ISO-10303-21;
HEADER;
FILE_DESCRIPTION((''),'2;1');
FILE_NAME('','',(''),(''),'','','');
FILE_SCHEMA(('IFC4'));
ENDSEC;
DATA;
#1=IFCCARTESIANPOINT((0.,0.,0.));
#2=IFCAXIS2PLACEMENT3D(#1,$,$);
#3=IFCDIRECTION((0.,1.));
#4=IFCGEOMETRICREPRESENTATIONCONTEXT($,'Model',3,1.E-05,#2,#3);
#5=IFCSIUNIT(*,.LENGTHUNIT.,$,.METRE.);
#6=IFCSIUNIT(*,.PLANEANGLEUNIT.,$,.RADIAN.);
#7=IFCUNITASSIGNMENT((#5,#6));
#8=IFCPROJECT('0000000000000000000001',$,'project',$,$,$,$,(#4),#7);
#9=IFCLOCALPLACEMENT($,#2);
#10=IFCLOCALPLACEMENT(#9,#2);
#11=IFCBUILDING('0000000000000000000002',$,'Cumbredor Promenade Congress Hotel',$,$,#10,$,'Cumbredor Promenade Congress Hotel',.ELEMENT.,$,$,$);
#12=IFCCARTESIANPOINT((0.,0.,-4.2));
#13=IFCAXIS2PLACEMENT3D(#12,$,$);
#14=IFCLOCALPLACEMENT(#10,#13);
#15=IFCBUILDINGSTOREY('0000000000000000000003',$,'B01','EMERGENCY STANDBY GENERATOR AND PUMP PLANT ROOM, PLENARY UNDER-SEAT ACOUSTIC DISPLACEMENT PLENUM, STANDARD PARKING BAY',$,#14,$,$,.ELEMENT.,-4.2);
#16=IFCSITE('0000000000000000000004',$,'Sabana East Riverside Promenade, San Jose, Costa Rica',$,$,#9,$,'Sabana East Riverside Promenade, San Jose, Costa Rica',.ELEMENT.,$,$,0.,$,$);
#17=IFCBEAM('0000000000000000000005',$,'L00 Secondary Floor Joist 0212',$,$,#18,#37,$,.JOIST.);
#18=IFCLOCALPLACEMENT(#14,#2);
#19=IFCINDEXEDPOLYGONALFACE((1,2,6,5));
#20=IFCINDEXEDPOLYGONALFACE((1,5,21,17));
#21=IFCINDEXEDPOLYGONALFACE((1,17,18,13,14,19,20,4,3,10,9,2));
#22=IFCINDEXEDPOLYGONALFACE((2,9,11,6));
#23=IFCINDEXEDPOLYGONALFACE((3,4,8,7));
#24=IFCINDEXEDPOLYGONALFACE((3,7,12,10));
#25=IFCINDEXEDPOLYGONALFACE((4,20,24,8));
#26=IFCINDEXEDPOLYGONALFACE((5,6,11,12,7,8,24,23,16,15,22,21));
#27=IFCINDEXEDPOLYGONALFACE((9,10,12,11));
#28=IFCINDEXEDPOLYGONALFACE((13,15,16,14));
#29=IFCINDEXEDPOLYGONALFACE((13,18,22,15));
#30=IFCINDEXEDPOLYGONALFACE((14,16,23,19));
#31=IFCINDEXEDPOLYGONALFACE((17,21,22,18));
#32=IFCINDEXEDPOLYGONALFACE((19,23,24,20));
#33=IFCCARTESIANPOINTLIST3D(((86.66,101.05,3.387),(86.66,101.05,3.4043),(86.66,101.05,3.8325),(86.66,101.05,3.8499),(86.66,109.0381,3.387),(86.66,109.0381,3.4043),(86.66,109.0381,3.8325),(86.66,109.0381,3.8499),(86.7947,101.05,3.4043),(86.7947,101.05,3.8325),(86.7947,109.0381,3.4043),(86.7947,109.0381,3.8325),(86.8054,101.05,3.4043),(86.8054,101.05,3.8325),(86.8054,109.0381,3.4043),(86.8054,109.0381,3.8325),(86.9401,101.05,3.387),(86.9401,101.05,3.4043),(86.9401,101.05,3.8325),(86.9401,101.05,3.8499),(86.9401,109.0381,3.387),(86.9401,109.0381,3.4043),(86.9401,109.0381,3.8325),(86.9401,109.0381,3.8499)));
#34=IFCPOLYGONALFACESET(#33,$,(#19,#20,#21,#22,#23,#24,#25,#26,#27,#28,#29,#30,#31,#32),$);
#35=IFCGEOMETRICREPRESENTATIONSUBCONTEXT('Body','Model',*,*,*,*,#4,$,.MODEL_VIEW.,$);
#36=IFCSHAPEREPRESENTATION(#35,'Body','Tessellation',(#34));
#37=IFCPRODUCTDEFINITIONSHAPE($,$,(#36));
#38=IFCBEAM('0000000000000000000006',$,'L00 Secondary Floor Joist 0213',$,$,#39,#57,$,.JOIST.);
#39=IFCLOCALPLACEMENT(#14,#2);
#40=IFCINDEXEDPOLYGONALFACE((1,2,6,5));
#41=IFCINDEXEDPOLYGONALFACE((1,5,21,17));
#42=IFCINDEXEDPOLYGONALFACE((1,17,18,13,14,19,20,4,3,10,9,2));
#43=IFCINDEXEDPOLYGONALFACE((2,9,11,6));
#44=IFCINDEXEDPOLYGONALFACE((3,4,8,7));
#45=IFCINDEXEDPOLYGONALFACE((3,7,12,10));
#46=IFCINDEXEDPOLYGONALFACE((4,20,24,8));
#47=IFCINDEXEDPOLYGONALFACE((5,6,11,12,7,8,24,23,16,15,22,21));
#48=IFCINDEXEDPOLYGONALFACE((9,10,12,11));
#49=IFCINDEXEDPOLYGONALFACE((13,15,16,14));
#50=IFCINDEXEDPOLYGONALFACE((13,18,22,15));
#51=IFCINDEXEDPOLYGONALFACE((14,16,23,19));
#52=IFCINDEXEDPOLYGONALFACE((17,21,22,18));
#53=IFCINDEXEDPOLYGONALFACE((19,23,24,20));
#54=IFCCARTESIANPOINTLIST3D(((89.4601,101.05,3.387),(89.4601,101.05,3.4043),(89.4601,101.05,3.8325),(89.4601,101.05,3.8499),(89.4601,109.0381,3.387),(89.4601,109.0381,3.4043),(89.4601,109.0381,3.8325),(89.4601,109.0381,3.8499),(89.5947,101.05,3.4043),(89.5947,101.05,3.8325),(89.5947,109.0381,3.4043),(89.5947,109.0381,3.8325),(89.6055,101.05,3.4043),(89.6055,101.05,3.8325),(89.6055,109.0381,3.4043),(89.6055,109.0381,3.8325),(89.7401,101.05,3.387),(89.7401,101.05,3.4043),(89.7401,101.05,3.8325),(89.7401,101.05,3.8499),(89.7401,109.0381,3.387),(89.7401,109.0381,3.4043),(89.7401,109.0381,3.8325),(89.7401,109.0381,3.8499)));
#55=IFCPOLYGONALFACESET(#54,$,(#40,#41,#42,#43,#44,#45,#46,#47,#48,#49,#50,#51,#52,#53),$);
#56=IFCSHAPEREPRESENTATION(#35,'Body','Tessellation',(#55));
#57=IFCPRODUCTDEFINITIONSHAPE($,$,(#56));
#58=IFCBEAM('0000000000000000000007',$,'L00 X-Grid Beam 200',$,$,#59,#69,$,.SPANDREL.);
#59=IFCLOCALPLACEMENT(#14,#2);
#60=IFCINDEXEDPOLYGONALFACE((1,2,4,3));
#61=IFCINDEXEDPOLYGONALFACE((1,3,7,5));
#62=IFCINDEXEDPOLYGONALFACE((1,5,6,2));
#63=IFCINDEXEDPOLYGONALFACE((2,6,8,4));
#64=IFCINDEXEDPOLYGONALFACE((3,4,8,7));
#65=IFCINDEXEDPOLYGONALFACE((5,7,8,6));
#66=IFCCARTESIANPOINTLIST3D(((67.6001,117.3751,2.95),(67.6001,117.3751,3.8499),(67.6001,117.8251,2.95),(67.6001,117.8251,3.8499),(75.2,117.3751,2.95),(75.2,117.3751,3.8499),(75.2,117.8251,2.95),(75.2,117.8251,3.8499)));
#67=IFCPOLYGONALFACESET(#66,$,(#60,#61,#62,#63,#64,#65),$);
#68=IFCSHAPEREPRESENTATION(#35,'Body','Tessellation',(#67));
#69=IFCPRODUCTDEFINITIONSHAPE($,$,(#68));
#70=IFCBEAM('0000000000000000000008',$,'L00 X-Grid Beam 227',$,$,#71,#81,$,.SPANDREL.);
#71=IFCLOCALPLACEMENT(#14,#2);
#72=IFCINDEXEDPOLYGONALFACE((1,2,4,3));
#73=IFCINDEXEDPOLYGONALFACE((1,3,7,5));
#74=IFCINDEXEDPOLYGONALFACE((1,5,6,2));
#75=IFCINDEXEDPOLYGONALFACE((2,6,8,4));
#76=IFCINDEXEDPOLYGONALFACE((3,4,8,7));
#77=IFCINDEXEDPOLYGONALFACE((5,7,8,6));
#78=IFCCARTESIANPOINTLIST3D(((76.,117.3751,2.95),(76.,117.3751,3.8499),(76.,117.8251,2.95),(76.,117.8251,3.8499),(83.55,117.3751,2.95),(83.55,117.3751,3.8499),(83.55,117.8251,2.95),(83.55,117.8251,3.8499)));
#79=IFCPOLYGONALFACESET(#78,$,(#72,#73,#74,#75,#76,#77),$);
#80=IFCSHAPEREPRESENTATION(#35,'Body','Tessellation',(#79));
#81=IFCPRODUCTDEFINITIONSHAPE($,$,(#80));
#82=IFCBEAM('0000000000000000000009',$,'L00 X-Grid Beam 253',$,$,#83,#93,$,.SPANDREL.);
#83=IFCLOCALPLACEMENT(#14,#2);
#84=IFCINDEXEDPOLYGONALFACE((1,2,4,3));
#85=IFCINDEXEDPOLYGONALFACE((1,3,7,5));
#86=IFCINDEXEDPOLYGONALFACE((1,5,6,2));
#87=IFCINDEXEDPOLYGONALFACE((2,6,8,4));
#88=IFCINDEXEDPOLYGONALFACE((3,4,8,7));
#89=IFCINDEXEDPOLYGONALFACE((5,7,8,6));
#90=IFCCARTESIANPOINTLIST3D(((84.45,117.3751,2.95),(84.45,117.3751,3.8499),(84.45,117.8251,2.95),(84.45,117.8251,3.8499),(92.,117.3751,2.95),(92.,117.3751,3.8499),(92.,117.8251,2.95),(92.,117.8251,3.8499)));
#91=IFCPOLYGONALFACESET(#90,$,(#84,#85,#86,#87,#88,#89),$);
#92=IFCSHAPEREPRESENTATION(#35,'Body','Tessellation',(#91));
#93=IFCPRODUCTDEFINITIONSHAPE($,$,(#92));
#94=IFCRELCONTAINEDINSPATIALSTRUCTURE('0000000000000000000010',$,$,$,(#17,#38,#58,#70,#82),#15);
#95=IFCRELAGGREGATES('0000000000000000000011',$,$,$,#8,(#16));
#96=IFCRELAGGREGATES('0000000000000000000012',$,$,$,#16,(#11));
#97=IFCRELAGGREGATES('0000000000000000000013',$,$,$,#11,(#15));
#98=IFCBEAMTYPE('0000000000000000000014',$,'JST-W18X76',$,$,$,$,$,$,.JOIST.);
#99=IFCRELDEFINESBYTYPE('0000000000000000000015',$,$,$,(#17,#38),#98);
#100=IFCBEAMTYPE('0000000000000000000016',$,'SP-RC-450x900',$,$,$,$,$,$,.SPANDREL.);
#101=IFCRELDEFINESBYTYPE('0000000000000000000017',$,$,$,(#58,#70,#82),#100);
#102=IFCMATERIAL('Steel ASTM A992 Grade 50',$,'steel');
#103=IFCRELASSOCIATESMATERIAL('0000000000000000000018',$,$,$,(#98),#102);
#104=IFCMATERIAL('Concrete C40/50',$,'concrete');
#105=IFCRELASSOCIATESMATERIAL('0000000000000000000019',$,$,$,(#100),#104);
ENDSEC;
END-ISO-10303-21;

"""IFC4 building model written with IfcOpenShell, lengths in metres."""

from ifc_helpers import new_model, si_unit, direction, frame, origin, origin_2d, place, context, subcontext, project, spatial, rectangle, i_section, extrude, material, material_profile, profile_set, type_object, element, save


model = new_model("IFC4")

# Units and contexts
model_context = context("Model", 3, precision=1e-05, world=origin(), true_north=direction((0.0, 1.0)))
body_context = subcontext(model_context, "Body", "Model", "MODEL_VIEW")
ifc_project = project(units=[si_unit("LENGTHUNIT", "METRE"), si_unit("PLANEANGLEUNIT", "RADIAN")], contexts=[model_context])

# Site, building, storey
site_placement = place(None, origin())
site = spatial("IfcSite", under=ifc_project, at=site_placement, Name="Sabana East Riverside Promenade, San Jose, Costa Rica", LongName="Sabana East Riverside Promenade, San Jose, Costa Rica", CompositionType="ELEMENT", RefElevation=0.0)
building_placement = place(site_placement, origin())
building = spatial("IfcBuilding", under=site, at=building_placement, Name="Cumbredor Promenade Congress Hotel", LongName="Cumbredor Promenade Congress Hotel", CompositionType="ELEMENT")
storey_placement = place(building_placement, frame((0.0, 0.0, -4.2)))
storey = spatial("IfcBuildingStorey", under=building, at=storey_placement, Name="B01", Description="EMERGENCY STANDBY GENERATOR AND PUMP PLANT ROOM, PLENARY UNDER-SEAT ACOUSTIC DISPLACEMENT PLENUM, STANDARD PARKING BAY", CompositionType="ELEMENT", Elevation=-4.2)

# Shared definitions
ifc_material_1 = material(Name="Concrete C40/50", Category="concrete")

# Beams
ifc_material_2 = material(Name="Steel ASTM A992 Grade 50", Category="steel")
ifc_material_profile_1 = material_profile(ifc_material_2, i_section(OverallWidth=0.28, OverallDepth=0.4629, WebThickness=0.0107, FlangeThickness=0.0173, at=origin_2d()), Name="W18X76")
ifc_profile_set_1 = profile_set([ifc_material_profile_1], Name="Steel ASTM A992 Grade 50")
beam_type_1 = type_object("IfcBeamType", Name="JST-W18X76", PredefinedType="JOIST", material=ifc_profile_set_1)
for number, where, z_axis, x_axis, name in (
    (1, (86.8, 101.05, 3.6184), (0.0, 1.0, 0.0), (-1.0, 0.0, 0.0), "L00 Secondary Floor Joist 0212"),
    (2, (89.6001, 101.05, 3.6184), (0.0, 1.0, 0.0), (-1.0, 0.0, 0.0), "L00 Secondary Floor Joist 0213"),
):
    element("IfcBeam", number, at=place(storey_placement, frame(where, z_axis=z_axis, x_axis=x_axis)), inside=storey, type_object=beam_type_1, Name=name, PredefinedType="JOIST", context=body_context, shape_type="SweptSolid", body=[
        extrude(i_section(OverallWidth=0.28, OverallDepth=0.4629, WebThickness=0.0107, FlangeThickness=0.0173, at=origin_2d()), origin(), (0.0, 0.0, 1.0), 7.988),
    ])
ifc_material_profile_2 = material_profile(ifc_material_1, rectangle(XDim=0.45, YDim=0.8999, at=origin_2d()), Name="RC SPANDREL 450x900")
ifc_profile_set_2 = profile_set([ifc_material_profile_2], Name="Concrete C40/50")
beam_type_2 = type_object("IfcBeamType", Name="SP-RC-450x900", PredefinedType="SPANDREL", material=ifc_profile_set_2)
beam_1_placement = place(storey_placement, frame((67.6001, 117.6001, 3.3999), z_axis=(1.0, 0.0, 0.0), x_axis=(0.0, 1.0, 0.0)))
element("IfcBeam", 3, at=beam_1_placement, inside=storey, type_object=beam_type_2, Name="L00 X-Grid Beam 200", PredefinedType="SPANDREL", context=body_context, shape_type="SweptSolid", body=[
    extrude(rectangle(XDim=0.45, YDim=0.8999, at=origin_2d()), origin(), (0.0, 0.0, 1.0), 7.5999),
])
for number, where, z_axis, x_axis, name in (
    (4, (76.0, 117.6001, 3.3999), (1.0, 0.0, 0.0), (0.0, 1.0, 0.0), "L00 X-Grid Beam 227"),
    (5, (84.45, 117.6001, 3.3999), (1.0, 0.0, 0.0), (0.0, 1.0, 0.0), "L00 X-Grid Beam 253"),
):
    element("IfcBeam", number, at=place(storey_placement, frame(where, z_axis=z_axis, x_axis=x_axis)), inside=storey, type_object=beam_type_2, Name=name, PredefinedType="SPANDREL", context=body_context, shape_type="SweptSolid", body=[
        extrude(rectangle(XDim=0.45, YDim=0.8999, at=origin_2d()), origin(), (0.0, 0.0, 1.0), 7.55),
    ])

save(model, "model.ifc")
